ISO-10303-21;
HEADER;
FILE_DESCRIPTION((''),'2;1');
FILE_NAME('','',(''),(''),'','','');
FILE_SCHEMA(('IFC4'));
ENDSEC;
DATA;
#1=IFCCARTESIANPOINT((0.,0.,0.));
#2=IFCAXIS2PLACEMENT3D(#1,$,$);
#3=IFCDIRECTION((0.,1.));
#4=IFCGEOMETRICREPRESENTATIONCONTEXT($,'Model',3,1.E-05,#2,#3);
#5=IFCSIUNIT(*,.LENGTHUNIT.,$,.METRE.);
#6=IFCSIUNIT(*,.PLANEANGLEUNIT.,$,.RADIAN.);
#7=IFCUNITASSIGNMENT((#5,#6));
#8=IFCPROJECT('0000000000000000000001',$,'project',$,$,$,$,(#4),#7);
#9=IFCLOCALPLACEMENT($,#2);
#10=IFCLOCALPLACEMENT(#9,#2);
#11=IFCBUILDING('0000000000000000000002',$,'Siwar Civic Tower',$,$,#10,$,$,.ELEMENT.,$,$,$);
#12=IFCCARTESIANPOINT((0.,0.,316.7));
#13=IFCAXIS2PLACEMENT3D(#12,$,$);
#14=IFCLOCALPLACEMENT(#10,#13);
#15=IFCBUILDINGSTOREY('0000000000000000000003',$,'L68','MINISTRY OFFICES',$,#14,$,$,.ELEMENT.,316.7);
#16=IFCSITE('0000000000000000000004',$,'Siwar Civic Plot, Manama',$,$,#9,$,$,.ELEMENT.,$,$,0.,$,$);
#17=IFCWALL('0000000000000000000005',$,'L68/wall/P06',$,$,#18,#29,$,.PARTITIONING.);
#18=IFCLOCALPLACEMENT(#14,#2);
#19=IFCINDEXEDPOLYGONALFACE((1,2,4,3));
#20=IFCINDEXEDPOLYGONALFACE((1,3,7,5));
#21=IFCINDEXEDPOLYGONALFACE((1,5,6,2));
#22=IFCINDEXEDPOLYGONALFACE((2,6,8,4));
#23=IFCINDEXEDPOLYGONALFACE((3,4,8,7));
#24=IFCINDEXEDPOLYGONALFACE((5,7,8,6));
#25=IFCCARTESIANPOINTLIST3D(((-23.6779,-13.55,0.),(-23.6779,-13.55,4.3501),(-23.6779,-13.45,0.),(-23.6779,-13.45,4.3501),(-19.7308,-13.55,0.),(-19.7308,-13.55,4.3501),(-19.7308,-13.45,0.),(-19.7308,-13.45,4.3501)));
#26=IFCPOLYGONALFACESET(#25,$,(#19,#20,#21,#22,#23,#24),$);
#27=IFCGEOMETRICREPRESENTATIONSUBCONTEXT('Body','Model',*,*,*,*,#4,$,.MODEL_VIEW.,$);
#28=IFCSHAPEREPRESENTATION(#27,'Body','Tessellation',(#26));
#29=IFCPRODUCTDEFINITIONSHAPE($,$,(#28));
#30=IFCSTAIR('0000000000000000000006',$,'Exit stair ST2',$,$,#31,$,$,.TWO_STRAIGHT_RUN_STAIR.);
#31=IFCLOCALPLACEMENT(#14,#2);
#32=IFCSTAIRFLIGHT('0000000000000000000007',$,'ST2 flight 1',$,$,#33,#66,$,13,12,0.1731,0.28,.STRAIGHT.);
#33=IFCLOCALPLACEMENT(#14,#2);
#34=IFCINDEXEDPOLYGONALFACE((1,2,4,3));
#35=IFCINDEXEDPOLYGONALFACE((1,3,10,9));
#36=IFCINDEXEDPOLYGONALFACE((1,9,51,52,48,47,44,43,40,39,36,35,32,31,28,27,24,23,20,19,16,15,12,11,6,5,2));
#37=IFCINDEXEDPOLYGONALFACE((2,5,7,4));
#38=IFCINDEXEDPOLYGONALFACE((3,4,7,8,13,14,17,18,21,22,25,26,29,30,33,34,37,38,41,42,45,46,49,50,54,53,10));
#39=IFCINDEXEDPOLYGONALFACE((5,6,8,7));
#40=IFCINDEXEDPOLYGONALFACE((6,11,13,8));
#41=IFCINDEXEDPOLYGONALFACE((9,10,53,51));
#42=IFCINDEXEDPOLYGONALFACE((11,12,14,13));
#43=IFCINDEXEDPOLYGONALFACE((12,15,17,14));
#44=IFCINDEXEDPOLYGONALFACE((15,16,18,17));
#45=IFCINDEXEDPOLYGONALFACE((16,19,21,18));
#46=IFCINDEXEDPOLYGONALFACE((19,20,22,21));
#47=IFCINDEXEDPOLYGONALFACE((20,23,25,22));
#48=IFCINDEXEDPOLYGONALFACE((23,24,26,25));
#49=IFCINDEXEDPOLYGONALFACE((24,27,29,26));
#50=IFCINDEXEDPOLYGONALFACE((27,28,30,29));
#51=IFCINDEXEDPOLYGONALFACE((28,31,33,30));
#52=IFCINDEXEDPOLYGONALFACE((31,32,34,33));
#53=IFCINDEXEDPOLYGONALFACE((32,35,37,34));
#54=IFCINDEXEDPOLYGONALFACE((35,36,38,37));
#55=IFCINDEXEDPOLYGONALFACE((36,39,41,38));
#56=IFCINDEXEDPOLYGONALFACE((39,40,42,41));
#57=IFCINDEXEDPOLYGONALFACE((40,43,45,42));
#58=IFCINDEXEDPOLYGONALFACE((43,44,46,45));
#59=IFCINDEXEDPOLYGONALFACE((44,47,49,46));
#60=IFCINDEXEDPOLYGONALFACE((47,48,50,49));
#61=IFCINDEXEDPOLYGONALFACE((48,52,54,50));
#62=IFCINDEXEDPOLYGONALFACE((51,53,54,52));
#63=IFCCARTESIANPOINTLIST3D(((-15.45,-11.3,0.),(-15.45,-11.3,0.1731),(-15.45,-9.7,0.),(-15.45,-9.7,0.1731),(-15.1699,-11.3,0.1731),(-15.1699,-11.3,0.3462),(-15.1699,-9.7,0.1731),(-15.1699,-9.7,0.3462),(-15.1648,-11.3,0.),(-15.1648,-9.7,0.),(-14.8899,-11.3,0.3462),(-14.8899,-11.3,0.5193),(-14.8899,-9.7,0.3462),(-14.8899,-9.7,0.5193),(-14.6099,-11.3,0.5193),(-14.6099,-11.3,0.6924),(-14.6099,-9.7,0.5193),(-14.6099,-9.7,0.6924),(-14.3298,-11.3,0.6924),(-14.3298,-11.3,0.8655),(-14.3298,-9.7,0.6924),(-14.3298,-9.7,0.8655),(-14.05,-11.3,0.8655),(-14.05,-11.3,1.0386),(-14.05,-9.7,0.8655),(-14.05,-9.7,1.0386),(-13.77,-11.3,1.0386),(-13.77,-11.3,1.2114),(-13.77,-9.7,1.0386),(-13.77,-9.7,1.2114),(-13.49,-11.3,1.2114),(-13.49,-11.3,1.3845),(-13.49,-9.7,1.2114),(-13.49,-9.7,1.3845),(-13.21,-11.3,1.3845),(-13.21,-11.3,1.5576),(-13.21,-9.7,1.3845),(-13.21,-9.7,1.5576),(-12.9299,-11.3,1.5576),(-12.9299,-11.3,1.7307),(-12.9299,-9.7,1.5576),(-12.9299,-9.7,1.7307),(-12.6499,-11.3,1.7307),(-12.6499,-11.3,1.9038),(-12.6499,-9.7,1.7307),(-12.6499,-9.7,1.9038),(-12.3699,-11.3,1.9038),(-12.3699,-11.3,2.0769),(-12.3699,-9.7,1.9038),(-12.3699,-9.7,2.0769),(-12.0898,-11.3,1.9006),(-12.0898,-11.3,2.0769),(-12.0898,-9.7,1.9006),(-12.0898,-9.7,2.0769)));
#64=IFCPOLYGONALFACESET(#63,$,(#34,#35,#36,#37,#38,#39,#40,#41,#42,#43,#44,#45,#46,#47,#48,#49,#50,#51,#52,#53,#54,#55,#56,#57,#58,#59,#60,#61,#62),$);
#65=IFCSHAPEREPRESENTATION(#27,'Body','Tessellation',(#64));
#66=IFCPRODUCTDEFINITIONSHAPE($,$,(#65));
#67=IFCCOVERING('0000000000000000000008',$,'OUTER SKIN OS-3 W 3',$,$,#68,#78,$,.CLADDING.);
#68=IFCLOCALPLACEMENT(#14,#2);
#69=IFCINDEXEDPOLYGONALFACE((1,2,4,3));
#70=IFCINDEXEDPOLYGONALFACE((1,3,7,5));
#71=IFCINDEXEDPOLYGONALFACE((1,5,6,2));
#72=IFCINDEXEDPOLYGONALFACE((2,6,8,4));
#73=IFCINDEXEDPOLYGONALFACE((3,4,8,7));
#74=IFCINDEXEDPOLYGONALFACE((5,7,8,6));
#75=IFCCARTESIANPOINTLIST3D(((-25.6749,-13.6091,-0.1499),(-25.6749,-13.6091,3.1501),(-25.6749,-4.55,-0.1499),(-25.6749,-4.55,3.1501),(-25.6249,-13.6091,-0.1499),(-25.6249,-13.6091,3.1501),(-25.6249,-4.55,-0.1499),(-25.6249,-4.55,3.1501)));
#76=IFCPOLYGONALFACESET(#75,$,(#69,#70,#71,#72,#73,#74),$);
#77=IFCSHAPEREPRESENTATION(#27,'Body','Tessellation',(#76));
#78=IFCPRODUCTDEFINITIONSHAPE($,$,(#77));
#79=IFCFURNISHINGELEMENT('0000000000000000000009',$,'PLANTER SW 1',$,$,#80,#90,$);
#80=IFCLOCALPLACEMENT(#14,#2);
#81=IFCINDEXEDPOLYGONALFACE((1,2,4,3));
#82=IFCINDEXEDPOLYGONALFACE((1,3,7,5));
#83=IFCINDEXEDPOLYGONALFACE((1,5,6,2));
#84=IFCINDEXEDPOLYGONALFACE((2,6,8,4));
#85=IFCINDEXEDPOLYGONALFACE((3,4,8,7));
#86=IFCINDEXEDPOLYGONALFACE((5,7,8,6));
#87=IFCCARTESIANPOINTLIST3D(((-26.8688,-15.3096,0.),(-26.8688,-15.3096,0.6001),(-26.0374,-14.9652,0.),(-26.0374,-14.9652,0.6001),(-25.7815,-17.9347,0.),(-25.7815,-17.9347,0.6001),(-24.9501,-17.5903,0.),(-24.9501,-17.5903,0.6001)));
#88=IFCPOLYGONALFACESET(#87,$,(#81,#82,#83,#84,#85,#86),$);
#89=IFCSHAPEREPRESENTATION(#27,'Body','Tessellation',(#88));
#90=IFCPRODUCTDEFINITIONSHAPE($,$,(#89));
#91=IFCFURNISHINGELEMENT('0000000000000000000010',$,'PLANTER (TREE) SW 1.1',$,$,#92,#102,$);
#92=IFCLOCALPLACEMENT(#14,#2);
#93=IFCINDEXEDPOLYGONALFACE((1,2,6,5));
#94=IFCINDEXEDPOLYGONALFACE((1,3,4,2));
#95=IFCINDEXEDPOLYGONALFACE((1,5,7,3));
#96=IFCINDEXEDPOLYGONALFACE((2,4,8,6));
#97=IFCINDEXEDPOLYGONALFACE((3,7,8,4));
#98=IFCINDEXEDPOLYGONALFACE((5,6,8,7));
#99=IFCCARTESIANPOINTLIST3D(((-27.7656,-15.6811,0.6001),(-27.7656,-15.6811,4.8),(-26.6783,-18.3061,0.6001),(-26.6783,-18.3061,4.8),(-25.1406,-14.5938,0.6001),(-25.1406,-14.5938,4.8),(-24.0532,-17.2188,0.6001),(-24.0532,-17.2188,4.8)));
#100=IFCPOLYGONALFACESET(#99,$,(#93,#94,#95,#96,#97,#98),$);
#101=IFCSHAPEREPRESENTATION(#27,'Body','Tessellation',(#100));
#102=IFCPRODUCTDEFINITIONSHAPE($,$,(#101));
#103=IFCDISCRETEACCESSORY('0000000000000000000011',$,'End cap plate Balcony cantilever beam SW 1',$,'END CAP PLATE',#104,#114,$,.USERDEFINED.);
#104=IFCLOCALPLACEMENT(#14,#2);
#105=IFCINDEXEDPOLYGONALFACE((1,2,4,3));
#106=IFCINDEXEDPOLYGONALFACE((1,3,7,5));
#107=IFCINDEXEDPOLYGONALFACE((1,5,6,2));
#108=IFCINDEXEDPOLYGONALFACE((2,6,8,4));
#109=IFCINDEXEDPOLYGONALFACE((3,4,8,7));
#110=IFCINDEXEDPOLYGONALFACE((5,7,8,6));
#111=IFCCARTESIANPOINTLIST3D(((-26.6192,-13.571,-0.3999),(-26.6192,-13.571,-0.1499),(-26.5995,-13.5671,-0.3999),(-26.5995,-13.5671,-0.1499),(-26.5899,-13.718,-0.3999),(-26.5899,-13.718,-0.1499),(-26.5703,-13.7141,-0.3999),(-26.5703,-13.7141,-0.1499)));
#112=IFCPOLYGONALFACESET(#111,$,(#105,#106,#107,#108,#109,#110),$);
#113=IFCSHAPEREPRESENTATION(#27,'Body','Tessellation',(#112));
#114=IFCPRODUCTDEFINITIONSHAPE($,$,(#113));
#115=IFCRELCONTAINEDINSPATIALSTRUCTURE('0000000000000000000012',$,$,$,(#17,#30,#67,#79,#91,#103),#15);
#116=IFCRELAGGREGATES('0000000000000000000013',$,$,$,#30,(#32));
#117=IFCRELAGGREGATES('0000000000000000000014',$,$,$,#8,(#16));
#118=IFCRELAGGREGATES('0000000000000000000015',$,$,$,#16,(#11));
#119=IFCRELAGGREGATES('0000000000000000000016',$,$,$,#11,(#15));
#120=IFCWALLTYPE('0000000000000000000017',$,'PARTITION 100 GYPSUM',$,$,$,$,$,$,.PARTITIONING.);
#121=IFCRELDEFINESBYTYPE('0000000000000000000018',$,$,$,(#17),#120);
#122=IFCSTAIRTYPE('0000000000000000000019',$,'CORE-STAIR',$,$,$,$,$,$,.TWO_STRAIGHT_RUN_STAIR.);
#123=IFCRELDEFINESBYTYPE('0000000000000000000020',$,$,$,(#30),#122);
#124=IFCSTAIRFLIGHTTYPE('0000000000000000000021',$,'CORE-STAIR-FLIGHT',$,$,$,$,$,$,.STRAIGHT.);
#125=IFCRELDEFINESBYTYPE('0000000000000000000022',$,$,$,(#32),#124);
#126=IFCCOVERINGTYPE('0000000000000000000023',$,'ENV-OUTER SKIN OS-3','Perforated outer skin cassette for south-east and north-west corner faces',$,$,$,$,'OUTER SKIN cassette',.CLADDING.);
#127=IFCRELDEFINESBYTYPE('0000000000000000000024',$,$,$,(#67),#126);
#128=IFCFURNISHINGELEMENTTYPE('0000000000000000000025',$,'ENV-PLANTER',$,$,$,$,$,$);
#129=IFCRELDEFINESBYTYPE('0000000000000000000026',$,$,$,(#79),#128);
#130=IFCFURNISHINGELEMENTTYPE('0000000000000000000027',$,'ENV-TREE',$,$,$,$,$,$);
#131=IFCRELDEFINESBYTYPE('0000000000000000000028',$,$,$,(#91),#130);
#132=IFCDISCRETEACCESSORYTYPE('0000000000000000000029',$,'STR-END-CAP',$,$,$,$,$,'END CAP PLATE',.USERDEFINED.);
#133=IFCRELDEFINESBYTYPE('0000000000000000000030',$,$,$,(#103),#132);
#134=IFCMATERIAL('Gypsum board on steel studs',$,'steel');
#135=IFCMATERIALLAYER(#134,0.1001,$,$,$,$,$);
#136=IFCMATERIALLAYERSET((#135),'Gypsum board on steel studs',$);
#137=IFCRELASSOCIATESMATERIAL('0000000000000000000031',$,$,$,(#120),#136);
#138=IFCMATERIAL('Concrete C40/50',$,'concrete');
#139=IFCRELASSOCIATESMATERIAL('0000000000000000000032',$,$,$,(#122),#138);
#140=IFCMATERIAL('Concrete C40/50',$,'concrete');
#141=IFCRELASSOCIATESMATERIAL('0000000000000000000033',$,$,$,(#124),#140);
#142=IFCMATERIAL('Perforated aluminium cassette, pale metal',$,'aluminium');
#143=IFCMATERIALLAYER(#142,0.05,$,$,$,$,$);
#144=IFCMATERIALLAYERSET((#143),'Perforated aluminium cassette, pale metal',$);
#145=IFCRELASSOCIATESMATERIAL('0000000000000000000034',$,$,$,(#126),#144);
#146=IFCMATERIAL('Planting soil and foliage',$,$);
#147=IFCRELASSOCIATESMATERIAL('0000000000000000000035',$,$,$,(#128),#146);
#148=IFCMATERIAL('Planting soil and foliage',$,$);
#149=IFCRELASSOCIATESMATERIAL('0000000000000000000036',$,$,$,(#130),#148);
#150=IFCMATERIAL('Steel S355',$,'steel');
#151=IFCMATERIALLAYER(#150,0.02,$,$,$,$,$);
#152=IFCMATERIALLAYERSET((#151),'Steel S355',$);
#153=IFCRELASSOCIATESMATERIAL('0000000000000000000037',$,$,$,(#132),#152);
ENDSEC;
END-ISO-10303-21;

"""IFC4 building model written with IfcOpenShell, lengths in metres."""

from ifc_helpers import new_model, si_unit, direction, frame, frame_2d, origin, origin_2d, place, context, subcontext, project, spatial, polyline, rectangle, outline, extrude, material, layer, layer_set, type_object, element, aggregate, save


model = new_model("IFC4")

# Units and contexts
model_context = context("Model", 3, precision=1e-05, world=origin(), true_north=direction((0.0, 1.0)))
body_context = subcontext(model_context, "Body", "Model", "MODEL_VIEW")
ifc_project = project(units=[si_unit("LENGTHUNIT", "METRE"), si_unit("PLANEANGLEUNIT", "RADIAN")], contexts=[model_context])

# Site, building, storey
site_placement = place(None, origin())
site = spatial("IfcSite", under=ifc_project, at=site_placement, Name="Siwar Civic Plot, Manama", CompositionType="ELEMENT", RefElevation=0.0)
building_placement = place(site_placement, origin())
building = spatial("IfcBuilding", under=site, at=building_placement, Name="Siwar Civic Tower", CompositionType="ELEMENT")
storey_placement = place(building_placement, frame((0.0, 0.0, 316.7)))
storey = spatial("IfcBuildingStorey", under=building, at=storey_placement, Name="L68", Description="MINISTRY OFFICES", CompositionType="ELEMENT", Elevation=316.7)

# Wall
ifc_material_1 = material(Name="Gypsum board on steel studs", Category="steel")
ifc_layer_1 = layer(ifc_material_1, 0.1001)
ifc_layer_set_1 = layer_set([ifc_layer_1], Name="Gypsum board on steel studs")
wall_type_1 = type_object("IfcWallType", Name="PARTITION 100 GYPSUM", PredefinedType="PARTITIONING", material=ifc_layer_set_1)
wall_1_placement = place(storey_placement, frame((-23.678, -13.5, 0.0), z_axis=(0.0, 0.0, 1.0), x_axis=(1.0, 0.0, 0.0)))
element("IfcWall", 1, at=wall_1_placement, inside=storey, type_object=wall_type_1, Name="L68/wall/P06", PredefinedType="PARTITIONING", context=body_context, shape_type="SweptSolid", body=[
    extrude(rectangle(XDim=3.947, YDim=0.1001, at=frame_2d((1.9736, 0.0))), origin(), (0.0, 0.0, 1.0), 4.3501),
])

# Stair, stair flight
ifc_material_2 = material(Name="Concrete C40/50", Category="concrete")
stair_type = type_object("IfcStairType", Name="CORE-STAIR", PredefinedType="TWO_STRAIGHT_RUN_STAIR", material=ifc_material_2)
stair_placement = place(storey_placement, origin())
stair = element("IfcStair", 2, at=stair_placement, inside=storey, type_object=stair_type, Name="Exit stair ST2", PredefinedType="TWO_STRAIGHT_RUN_STAIR")
ifc_material_3 = material(Name="Concrete C40/50", Category="concrete")
stair_flight_type = type_object("IfcStairFlightType", Name="CORE-STAIR-FLIGHT", PredefinedType="STRAIGHT", material=ifc_material_3)
stair_flight_placement = place(storey_placement, frame((-15.45, -10.5, 0.0), z_axis=(0.0, 0.0, 1.0), x_axis=(1.0, 0.0, 0.0)))
stair_flight = element("IfcStairFlight", 3, at=stair_flight_placement, type_object=stair_flight_type, Name="ST2 flight 1", NumberOfRisers=13, NumberOfTreads=12, PredefinedType="STRAIGHT", RiserHeight=0.1731, TreadLength=0.28, context=body_context, shape_type="SweptSolid", body=[
    extrude(outline(polyline([(0.0, 0.0), (0.0, 0.1731), (0.28, 0.1731), (0.28, 0.3462), (0.5601, 0.3462), (0.5601, 0.5193), (0.8401, 0.5193), (0.8401, 0.6924), (1.1201, 0.6924), (1.1201, 0.8655), (1.3999, 0.8655), (1.3999, 1.0386), (1.6799, 1.0386), (1.6799, 1.2114), (1.96, 1.2114), (1.96, 1.3845), (2.24, 1.3845), (2.24, 1.5576), (2.52, 1.5576), (2.52, 1.7307), (2.8, 1.7307), (2.8, 1.9038), (3.0801, 1.9038), (3.0801, 2.0769), (3.3601, 2.0769), (3.3601, 2.25), (3.3601, 1.9006), (0.2852, 0.0), (0.0, 0.0)])), frame((0.0, 0.8, 0.0), z_axis=(0.0, -1.0, 0.0), x_axis=(1.0, 0.0, 0.0)), (0.0, 0.0, 1.0), 1.6001),
])
aggregate(stair, [stair_flight])

# Covering
ifc_material_4 = material(Name="Perforated aluminium cassette, pale metal", Category="aluminium")
ifc_layer_2 = layer(ifc_material_4, 0.05)
ifc_layer_set_2 = layer_set([ifc_layer_2], Name="Perforated aluminium cassette, pale metal")
covering_type = type_object("IfcCoveringType", Name="ENV-OUTER SKIN OS-3", Description="Perforated outer skin cassette for south-east and north-west corner faces", ElementType="OUTER SKIN cassette", PredefinedType="CLADDING", material=ifc_layer_set_2)
covering_placement = place(storey_placement, frame((-25.6499, -9.0796, -0.1499), z_axis=(0.0, 0.0, 1.0), x_axis=(0.0, -1.0, 0.0)))
element("IfcCovering", 4, at=covering_placement, inside=storey, type_object=covering_type, Name="OUTER SKIN OS-3 W 3", PredefinedType="CLADDING", context=body_context, shape_type="SweptSolid", body=[
    extrude(rectangle(XDim=9.0591, YDim=0.05, at=origin_2d()), origin(), (0.0, 0.0, 1.0), 3.3),
])

# Furnishing elements
ifc_material_5 = material(Name="Planting soil and foliage")
furnishing_element_type_1 = type_object("IfcFurnishingElementType", Name="ENV-PLANTER", material=ifc_material_5)
furnishing_1_placement = place(storey_placement, frame((-25.9094, -16.45, 0.0), z_axis=(0.0, 0.0, 1.0), x_axis=(0.382683, -0.92388, 0.0)))
element("IfcFurnishingElement", 5, at=furnishing_1_placement, inside=storey, type_object=furnishing_element_type_1, Name="PLANTER SW 1", context=body_context, shape_type="SweptSolid", body=[
    extrude(rectangle(XDim=2.8413, YDim=0.8999, at=origin_2d()), origin(), (0.0, 0.0, 1.0), 0.6001),
])
ifc_material_6 = material(Name="Planting soil and foliage")
furnishing_element_type_2 = type_object("IfcFurnishingElementType", Name="ENV-TREE", material=ifc_material_6)
furnishing_2_placement = place(storey_placement, frame((-25.9094, -16.45, 0.6001), z_axis=(0.0, 0.0, 1.0), x_axis=(0.382683, -0.92388, 0.0)))
element("IfcFurnishingElement", 6, at=furnishing_2_placement, inside=storey, type_object=furnishing_element_type_2, Name="PLANTER (TREE) SW 1.1", context=body_context, shape_type="SweptSolid", body=[
    extrude(rectangle(XDim=2.8413, YDim=2.8413, at=origin_2d()), origin(), (0.0, 0.0, 1.0), 4.2),
])

# Discrete accessory
ifc_material_7 = material(Name="Steel S355", Category="steel")
ifc_layer_3 = layer(ifc_material_7, 0.02)
ifc_layer_set_3 = layer_set([ifc_layer_3], Name="Steel S355")
discrete_accessory_type = type_object("IfcDiscreteAccessoryType", Name="STR-END-CAP", ElementType="END CAP PLATE", PredefinedType="USERDEFINED", material=ifc_layer_set_3)
discrete_accessory_placement = place(storey_placement, frame((-26.5947, -13.6426, -0.3999), z_axis=(0.0, 0.0, 1.0), x_axis=(-0.980785, -0.19509, 0.0)))
element("IfcDiscreteAccessory", 7, at=discrete_accessory_placement, inside=storey, type_object=discrete_accessory_type, Name="End cap plate Balcony cantilever beam SW 1", ObjectType="END CAP PLATE", PredefinedType="USERDEFINED", context=body_context, shape_type="SweptSolid", body=[
    extrude(rectangle(XDim=0.02, YDim=0.1499, at=origin_2d()), origin(), (0.0, 0.0, 1.0), 0.25),
])

save(model, "model.ifc")
